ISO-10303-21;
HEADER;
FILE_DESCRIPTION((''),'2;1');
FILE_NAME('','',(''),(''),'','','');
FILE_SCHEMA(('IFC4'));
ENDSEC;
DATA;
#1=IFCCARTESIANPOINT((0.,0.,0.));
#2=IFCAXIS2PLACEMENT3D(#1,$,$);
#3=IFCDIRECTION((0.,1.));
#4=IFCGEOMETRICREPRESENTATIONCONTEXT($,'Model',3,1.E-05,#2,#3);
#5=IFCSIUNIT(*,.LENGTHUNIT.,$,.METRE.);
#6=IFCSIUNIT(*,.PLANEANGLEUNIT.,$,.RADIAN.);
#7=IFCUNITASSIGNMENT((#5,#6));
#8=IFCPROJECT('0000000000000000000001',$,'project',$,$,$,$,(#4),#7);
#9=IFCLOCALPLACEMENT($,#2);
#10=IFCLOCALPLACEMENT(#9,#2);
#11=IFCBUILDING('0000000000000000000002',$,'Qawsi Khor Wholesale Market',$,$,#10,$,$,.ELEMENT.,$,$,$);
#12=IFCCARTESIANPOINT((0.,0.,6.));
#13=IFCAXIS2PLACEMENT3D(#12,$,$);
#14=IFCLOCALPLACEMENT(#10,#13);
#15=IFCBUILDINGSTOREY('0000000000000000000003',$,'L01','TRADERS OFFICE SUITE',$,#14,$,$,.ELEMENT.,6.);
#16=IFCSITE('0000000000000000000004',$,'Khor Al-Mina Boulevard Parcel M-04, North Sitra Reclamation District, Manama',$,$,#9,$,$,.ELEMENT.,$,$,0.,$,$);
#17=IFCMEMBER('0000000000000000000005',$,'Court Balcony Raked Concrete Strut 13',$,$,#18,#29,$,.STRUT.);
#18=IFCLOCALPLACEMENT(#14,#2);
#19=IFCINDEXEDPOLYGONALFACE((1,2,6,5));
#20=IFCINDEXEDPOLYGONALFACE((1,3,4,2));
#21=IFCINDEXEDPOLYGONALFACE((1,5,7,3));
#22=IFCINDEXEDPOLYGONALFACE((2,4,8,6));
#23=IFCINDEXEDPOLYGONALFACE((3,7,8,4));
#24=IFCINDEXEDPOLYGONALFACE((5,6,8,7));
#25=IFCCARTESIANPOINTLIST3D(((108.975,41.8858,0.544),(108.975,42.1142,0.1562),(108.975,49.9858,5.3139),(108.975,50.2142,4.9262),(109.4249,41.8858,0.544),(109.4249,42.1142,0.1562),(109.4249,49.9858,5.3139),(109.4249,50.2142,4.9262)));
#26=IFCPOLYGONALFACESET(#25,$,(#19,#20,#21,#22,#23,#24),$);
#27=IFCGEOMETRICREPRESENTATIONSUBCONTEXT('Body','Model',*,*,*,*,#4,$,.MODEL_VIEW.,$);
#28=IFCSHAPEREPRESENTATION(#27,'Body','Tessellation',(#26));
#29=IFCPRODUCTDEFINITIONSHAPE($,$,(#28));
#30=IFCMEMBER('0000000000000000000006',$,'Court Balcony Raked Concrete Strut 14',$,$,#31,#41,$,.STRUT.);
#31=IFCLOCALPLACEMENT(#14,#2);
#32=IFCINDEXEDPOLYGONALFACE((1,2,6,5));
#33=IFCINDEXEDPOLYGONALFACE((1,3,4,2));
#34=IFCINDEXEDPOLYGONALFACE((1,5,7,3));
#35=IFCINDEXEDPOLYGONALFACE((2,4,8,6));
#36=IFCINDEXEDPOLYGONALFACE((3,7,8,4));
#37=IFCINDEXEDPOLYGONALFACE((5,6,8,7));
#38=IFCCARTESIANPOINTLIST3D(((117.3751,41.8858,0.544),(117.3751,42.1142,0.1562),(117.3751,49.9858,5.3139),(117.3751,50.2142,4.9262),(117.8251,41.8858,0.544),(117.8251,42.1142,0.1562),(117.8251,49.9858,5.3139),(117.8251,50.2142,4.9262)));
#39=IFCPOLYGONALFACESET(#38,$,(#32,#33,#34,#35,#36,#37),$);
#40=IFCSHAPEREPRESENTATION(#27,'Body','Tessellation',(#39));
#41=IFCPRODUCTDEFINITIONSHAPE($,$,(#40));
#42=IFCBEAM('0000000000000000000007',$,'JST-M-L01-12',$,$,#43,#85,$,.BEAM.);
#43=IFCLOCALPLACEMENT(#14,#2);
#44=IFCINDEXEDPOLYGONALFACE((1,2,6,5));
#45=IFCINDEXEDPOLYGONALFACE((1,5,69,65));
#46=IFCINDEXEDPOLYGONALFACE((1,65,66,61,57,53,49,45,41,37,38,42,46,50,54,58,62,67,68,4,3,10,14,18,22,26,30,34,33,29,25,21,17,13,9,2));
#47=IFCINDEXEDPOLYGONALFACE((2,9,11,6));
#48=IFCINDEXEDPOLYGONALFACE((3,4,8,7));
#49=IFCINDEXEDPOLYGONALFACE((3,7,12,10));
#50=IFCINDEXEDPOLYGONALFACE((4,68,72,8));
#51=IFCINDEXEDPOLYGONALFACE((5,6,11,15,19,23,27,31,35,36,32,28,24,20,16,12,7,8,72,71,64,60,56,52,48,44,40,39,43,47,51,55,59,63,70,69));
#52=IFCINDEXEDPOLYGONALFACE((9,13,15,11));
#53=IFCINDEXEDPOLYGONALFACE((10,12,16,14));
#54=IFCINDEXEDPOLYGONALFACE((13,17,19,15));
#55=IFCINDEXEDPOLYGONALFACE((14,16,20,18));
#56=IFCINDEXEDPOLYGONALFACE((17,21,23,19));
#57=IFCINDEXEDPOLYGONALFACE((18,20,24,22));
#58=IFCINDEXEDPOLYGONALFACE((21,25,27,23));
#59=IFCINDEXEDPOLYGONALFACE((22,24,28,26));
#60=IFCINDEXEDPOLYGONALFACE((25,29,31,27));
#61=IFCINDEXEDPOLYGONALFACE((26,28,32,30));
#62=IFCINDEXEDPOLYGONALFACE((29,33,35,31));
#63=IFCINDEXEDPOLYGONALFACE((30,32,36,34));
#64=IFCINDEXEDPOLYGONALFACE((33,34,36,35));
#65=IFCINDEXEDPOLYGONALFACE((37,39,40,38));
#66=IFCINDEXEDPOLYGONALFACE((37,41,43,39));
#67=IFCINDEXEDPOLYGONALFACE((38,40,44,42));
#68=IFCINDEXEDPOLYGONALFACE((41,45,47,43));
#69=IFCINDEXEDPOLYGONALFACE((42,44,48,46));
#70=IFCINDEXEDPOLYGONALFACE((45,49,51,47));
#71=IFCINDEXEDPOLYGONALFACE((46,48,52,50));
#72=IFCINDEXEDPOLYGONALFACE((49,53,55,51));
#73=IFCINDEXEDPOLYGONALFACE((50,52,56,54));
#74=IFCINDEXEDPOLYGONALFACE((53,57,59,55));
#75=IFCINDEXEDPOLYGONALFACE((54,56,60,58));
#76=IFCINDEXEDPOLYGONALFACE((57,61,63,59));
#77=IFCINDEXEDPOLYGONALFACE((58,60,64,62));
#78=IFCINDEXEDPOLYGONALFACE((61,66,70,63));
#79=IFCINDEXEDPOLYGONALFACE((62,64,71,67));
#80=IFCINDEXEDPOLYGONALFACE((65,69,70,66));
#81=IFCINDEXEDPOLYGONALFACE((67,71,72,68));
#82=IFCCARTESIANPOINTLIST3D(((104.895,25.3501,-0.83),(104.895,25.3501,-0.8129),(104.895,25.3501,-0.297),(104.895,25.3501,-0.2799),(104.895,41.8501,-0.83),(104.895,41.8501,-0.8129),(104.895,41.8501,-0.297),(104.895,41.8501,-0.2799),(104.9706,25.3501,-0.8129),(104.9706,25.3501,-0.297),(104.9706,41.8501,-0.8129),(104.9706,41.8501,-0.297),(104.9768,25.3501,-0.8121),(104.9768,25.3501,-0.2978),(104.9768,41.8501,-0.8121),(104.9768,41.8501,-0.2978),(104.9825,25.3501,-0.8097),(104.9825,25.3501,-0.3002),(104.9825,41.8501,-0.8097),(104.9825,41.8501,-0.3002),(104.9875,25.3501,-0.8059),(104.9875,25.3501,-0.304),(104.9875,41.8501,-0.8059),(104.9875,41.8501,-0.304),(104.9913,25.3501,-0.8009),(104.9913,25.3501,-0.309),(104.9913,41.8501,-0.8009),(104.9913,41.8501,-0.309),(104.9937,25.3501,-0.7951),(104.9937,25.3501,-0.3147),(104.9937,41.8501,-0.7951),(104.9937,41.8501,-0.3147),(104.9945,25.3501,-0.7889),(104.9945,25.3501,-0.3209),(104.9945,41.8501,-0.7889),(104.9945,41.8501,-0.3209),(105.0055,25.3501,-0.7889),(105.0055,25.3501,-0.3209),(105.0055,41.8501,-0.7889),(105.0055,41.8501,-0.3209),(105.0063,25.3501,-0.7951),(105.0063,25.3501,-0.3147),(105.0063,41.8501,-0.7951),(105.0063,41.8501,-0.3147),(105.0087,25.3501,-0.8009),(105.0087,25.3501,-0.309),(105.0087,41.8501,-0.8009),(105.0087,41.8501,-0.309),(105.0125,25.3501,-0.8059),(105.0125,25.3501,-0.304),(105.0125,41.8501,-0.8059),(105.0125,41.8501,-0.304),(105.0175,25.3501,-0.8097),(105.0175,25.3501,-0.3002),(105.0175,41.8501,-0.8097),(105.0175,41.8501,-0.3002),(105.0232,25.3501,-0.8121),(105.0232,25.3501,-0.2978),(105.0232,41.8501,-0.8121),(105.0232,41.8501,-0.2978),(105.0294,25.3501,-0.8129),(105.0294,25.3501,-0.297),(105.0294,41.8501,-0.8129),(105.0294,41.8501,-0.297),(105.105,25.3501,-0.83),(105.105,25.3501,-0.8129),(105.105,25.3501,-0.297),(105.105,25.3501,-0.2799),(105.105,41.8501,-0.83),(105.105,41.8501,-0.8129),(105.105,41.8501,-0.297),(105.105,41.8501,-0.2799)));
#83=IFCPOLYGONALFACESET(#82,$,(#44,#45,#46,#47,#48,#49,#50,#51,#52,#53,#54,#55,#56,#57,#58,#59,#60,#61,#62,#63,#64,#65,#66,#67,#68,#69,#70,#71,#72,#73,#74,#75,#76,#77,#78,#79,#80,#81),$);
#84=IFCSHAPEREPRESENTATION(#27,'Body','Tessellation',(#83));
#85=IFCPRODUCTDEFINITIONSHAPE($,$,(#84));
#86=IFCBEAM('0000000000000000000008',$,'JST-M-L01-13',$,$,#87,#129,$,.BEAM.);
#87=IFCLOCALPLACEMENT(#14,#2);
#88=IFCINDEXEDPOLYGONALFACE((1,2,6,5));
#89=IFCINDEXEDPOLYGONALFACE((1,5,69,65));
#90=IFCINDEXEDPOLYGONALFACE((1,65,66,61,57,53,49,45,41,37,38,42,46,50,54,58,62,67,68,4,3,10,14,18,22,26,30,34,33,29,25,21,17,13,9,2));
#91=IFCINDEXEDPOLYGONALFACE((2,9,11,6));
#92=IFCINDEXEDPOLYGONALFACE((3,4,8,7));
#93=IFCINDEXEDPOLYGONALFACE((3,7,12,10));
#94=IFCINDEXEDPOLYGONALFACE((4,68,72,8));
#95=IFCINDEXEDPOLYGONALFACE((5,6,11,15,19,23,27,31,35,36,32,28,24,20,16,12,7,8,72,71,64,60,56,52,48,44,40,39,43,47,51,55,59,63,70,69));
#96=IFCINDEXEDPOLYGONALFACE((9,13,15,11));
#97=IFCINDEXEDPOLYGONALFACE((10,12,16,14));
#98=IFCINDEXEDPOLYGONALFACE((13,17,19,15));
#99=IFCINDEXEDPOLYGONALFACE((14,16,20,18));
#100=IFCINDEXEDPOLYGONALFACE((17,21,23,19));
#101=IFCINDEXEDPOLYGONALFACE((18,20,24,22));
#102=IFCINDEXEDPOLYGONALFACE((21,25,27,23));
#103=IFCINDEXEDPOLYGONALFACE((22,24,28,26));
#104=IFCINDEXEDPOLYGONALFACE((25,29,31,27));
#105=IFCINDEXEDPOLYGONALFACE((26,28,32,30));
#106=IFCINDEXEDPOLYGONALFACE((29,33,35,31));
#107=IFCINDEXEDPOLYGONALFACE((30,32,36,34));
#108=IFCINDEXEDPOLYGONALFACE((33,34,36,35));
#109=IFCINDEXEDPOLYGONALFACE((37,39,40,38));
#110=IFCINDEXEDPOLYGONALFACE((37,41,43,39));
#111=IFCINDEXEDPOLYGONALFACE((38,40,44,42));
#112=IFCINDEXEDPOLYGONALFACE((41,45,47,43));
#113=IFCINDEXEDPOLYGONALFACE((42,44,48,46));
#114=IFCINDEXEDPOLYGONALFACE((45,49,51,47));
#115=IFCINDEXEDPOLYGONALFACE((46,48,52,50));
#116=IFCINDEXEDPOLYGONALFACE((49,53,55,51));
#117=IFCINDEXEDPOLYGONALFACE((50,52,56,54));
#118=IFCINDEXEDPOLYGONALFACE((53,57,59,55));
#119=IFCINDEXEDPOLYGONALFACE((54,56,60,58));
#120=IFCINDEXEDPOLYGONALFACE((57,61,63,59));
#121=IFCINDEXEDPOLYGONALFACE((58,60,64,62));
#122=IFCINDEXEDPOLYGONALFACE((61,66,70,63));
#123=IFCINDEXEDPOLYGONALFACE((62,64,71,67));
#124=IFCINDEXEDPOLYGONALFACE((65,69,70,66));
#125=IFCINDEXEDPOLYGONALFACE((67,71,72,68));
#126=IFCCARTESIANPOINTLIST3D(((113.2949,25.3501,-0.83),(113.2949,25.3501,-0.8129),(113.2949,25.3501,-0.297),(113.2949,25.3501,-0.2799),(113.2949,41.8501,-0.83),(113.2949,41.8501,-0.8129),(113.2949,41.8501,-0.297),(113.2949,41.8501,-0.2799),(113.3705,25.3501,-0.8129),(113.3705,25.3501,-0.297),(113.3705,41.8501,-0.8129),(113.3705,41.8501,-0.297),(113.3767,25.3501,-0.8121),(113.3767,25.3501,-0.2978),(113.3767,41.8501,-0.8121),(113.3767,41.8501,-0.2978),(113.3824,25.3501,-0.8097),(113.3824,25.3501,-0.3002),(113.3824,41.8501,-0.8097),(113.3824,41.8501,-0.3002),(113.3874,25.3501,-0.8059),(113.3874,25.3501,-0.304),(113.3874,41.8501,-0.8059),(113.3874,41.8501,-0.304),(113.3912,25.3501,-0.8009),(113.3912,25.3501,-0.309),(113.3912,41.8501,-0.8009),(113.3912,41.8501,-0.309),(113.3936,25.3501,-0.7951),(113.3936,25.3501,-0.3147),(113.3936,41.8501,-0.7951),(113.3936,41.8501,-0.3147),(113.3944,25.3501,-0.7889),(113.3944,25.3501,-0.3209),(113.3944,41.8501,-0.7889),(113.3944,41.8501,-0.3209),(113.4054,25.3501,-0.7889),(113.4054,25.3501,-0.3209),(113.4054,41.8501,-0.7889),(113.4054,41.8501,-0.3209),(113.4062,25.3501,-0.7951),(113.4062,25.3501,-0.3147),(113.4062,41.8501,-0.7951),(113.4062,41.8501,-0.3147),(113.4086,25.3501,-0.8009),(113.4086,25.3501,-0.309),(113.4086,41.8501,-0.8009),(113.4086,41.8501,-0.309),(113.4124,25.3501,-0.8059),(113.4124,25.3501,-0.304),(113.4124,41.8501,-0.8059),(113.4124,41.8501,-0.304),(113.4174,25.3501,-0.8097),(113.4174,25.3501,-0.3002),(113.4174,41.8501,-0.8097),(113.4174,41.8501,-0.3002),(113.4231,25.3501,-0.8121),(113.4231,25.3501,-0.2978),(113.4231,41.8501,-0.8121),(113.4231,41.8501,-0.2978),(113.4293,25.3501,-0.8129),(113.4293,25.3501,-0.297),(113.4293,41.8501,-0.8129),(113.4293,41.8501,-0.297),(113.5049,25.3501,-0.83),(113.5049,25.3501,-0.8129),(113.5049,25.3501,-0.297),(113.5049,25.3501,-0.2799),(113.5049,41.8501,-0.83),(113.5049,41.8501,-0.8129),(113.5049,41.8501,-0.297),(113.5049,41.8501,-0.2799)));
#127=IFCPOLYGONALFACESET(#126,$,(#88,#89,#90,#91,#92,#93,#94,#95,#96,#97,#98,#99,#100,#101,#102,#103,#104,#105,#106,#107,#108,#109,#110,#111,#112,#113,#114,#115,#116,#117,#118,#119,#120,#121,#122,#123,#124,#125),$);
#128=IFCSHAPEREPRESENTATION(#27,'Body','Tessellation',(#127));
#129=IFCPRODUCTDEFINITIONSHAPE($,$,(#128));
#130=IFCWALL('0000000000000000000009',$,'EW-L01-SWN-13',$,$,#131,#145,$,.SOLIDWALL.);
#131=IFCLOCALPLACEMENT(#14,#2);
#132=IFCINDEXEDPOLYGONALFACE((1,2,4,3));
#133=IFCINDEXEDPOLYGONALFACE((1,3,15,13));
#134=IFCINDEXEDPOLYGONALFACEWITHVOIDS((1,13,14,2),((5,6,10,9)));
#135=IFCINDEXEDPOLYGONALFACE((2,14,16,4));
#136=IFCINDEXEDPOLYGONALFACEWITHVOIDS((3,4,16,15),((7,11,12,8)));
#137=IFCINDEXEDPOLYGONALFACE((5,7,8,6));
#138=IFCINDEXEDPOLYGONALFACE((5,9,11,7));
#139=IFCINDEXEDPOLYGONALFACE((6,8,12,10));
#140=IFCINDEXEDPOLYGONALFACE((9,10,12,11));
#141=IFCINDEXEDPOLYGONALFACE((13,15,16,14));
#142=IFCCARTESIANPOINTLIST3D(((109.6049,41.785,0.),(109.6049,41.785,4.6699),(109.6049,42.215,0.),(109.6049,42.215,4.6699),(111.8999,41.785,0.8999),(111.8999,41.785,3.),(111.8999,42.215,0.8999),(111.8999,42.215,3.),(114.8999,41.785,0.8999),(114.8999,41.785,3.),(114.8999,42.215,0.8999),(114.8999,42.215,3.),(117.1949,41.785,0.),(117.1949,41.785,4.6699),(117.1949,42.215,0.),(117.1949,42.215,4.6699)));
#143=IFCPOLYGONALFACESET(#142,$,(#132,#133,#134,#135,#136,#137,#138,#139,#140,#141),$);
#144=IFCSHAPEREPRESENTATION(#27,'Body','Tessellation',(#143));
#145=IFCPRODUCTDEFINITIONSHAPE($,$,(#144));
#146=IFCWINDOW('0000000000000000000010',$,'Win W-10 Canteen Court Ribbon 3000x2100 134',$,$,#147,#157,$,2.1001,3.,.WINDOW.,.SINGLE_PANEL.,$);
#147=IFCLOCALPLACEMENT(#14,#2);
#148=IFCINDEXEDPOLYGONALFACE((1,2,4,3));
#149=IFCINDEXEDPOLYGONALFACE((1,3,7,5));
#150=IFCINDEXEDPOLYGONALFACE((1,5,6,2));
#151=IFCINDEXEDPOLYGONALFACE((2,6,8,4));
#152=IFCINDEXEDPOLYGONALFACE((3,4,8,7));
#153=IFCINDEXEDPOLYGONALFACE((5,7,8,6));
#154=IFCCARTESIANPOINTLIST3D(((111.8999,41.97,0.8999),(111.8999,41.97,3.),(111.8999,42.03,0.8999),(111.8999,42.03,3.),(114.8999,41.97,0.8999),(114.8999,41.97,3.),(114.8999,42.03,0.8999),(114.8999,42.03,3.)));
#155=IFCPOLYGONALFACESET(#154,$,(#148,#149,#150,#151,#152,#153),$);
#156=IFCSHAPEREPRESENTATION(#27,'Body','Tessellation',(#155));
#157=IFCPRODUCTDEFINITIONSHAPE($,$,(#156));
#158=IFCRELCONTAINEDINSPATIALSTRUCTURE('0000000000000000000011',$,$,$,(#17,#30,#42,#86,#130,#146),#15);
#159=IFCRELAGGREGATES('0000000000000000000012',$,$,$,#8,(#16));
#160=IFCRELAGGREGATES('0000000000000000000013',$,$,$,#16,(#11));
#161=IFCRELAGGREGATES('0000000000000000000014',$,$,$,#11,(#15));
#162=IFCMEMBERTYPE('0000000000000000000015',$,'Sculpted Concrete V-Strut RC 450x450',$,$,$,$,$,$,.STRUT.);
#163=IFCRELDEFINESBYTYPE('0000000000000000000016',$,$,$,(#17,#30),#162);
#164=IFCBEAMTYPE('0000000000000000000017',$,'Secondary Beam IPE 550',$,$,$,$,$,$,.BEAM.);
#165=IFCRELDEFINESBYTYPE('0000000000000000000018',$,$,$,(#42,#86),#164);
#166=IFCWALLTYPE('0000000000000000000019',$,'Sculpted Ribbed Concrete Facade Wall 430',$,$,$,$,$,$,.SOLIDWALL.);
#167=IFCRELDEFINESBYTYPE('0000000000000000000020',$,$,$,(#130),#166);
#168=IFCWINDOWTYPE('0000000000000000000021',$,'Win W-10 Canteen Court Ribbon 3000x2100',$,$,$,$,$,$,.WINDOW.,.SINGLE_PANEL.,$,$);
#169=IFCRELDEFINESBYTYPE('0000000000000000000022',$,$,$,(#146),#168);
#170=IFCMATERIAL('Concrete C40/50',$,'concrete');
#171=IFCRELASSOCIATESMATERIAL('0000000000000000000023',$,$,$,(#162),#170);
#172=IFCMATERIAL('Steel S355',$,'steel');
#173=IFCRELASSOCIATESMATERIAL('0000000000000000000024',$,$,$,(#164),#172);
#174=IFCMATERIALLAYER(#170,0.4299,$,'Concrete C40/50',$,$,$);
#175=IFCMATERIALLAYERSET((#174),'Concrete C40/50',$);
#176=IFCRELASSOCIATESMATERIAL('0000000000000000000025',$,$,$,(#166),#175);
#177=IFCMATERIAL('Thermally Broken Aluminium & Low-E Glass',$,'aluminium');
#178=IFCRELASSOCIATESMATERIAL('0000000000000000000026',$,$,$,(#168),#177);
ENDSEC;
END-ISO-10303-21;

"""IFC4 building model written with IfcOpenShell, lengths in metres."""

from ifc_helpers import new_model, si_unit, direction, frame, frame_2d, origin, origin_2d, place, context, subcontext, project, spatial, rectangle, i_section, extrude, material, layer, layer_set, material_profile, profile_set, type_object, element, fill, save


model = new_model("IFC4")

# Units and contexts
model_context = context("Model", 3, precision=1e-05, world=origin(), true_north=direction((0.0, 1.0)))
body_context = subcontext(model_context, "Body", "Model", "MODEL_VIEW")
ifc_project = project(units=[si_unit("LENGTHUNIT", "METRE"), si_unit("PLANEANGLEUNIT", "RADIAN")], contexts=[model_context])

# Site, building, storey
site_placement = place(None, origin())
site = spatial("IfcSite", under=ifc_project, at=site_placement, Name="Khor Al-Mina Boulevard Parcel M-04, North Sitra Reclamation District, Manama", CompositionType="ELEMENT", RefElevation=0.0)
building_placement = place(site_placement, origin())
building = spatial("IfcBuilding", under=site, at=building_placement, Name="Qawsi Khor Wholesale Market", CompositionType="ELEMENT")
storey_placement = place(building_placement, frame((0.0, 0.0, 6.0)))
storey = spatial("IfcBuildingStorey", under=building, at=storey_placement, Name="L01", Description="TRADERS OFFICE SUITE", CompositionType="ELEMENT", Elevation=6.0)

# Shared definitions
ifc_material_1 = material(Name="Concrete C40/50", Category="concrete")

# Shared definitions
ifc_material_2 = material(Name="Steel S355", Category="steel")

# Members
ifc_material_profile_1 = material_profile(ifc_material_1, rectangle(XDim=0.45, YDim=0.45, at=origin_2d()), Name="RC 450x450")
ifc_profile_set_1 = profile_set([ifc_material_profile_1], Name="Concrete C40/50")
member_type_1 = type_object("IfcMemberType", Name="Sculpted Concrete V-Strut RC 450x450", PredefinedType="STRUT", material=ifc_profile_set_1)
for number, where, z_axis, x_axis, name in (
    (1, (109.2, 42.0, 0.3501), (0.0, 0.86169, 0.507435), (-1.0, 0.0, 0.0), "Court Balcony Raked Concrete Strut 13"),
    (2, (117.6001, 42.0, 0.3501), (0.0, 0.86169, 0.507435), (-1.0, 0.0, 0.0), "Court Balcony Raked Concrete Strut 14"),
):
    element("IfcMember", number, at=place(storey_placement, frame(where, z_axis=z_axis, x_axis=x_axis)), inside=storey, type_object=member_type_1, Name=name, PredefinedType="STRUT", context=body_context, shape_type="SweptSolid", body=[
        extrude(rectangle(XDim=0.45, YDim=0.45, at=origin_2d()), origin(), (0.0, 0.0, 1.0), 9.4001),
    ])

# Beams
ifc_material_profile_2 = material_profile(ifc_material_2, i_section(OverallWidth=0.21, OverallDepth=0.55, WebThickness=0.011, FlangeThickness=0.0171, FilletRadius=0.0239, at=origin_2d()), Name="IPE 550")
ifc_profile_set_2 = profile_set([ifc_material_profile_2], Name="Steel S355")
beam_type_1 = type_object("IfcBeamType", Name="Secondary Beam IPE 550", PredefinedType="BEAM", material=ifc_profile_set_2)
for number, where, z_axis, x_axis, name in (
    (3, (105.0, 25.3501, -0.5549), (0.0, 1.0, 0.0), (-1.0, 0.0, 0.0), "JST-M-L01-12"),
    (4, (113.3999, 25.3501, -0.5549), (0.0, 1.0, 0.0), (-1.0, 0.0, 0.0), "JST-M-L01-13"),
):
    element("IfcBeam", number, at=place(storey_placement, frame(where, z_axis=z_axis, x_axis=x_axis)), inside=storey, type_object=beam_type_1, Name=name, PredefinedType="BEAM", context=body_context, shape_type="SweptSolid", body=[
        extrude(i_section(OverallWidth=0.21, OverallDepth=0.55, WebThickness=0.011, FlangeThickness=0.0171, FilletRadius=0.0239, at=origin_2d()), origin(), (0.0, 0.0, 1.0), 16.5),
    ])

# Wall, opening, window
ifc_layer_1 = layer(ifc_material_1, 0.4299, Name="Concrete C40/50")
ifc_layer_set_1 = layer_set([ifc_layer_1], Name="Concrete C40/50")
wall_type = type_object("IfcWallType", Name="Sculpted Ribbed Concrete Facade Wall 430", PredefinedType="SOLIDWALL", material=ifc_layer_set_1)
wall_placement = place(storey_placement, frame((109.605, 42.0, 0.0), z_axis=(0.0, 0.0, 1.0), x_axis=(1.0, 0.0, 0.0)))
wall = element("IfcWall", 5, at=wall_placement, inside=storey, type_object=wall_type, Name="EW-L01-SWN-13", PredefinedType="SOLIDWALL", context=body_context, shape_type="SweptSolid", body=[
    extrude(rectangle(XDim=7.5901, YDim=0.4299, at=frame_2d((3.7949, 0.0))), origin(), (0.0, 0.0, 1.0), 4.6699),
])
opening_placement = place(wall_placement, frame((2.2949, 0.0, 0.8999)))
opening = element("IfcOpeningElement", 6, at=opening_placement, cuts=wall, PredefinedType="OPENING", context=body_context, shape_type="SweptSolid", body=[
    extrude(rectangle(XDim=3.0, YDim=2.1001, at=frame_2d((1.5, 1.05))), frame((0.0, 0.2249, 0.0), z_axis=(0.0, -1.0, 0.0), x_axis=(1.0, 0.0, 0.0)), (0.0, 0.0, 1.0), 0.45),
])
ifc_material_3 = material(Name="Thermally Broken Aluminium & Low-E Glass", Category="aluminium")
window_type = type_object("IfcWindowType", Name="Win W-10 Canteen Court Ribbon 3000x2100", PartitioningType="SINGLE_PANEL", PredefinedType="WINDOW", material=ifc_material_3)
window_placement = place(opening_placement, origin())
window = element("IfcWindow", 7, at=window_placement, inside=storey, type_object=window_type, Name="Win W-10 Canteen Court Ribbon 3000x2100 134", OverallHeight=2.1001, OverallWidth=3.0, PartitioningType="SINGLE_PANEL", PredefinedType="WINDOW", context=body_context, shape_type="SweptSolid", body=[
    extrude(rectangle(XDim=3.0, YDim=2.1001, at=frame_2d((1.5, 1.05))), frame((0.0, 0.03, 0.0), z_axis=(0.0, -1.0, 0.0), x_axis=(1.0, 0.0, 0.0)), (0.0, 0.0, 1.0), 0.0601),
])
fill(opening, window)

save(model, "model.ifc")
